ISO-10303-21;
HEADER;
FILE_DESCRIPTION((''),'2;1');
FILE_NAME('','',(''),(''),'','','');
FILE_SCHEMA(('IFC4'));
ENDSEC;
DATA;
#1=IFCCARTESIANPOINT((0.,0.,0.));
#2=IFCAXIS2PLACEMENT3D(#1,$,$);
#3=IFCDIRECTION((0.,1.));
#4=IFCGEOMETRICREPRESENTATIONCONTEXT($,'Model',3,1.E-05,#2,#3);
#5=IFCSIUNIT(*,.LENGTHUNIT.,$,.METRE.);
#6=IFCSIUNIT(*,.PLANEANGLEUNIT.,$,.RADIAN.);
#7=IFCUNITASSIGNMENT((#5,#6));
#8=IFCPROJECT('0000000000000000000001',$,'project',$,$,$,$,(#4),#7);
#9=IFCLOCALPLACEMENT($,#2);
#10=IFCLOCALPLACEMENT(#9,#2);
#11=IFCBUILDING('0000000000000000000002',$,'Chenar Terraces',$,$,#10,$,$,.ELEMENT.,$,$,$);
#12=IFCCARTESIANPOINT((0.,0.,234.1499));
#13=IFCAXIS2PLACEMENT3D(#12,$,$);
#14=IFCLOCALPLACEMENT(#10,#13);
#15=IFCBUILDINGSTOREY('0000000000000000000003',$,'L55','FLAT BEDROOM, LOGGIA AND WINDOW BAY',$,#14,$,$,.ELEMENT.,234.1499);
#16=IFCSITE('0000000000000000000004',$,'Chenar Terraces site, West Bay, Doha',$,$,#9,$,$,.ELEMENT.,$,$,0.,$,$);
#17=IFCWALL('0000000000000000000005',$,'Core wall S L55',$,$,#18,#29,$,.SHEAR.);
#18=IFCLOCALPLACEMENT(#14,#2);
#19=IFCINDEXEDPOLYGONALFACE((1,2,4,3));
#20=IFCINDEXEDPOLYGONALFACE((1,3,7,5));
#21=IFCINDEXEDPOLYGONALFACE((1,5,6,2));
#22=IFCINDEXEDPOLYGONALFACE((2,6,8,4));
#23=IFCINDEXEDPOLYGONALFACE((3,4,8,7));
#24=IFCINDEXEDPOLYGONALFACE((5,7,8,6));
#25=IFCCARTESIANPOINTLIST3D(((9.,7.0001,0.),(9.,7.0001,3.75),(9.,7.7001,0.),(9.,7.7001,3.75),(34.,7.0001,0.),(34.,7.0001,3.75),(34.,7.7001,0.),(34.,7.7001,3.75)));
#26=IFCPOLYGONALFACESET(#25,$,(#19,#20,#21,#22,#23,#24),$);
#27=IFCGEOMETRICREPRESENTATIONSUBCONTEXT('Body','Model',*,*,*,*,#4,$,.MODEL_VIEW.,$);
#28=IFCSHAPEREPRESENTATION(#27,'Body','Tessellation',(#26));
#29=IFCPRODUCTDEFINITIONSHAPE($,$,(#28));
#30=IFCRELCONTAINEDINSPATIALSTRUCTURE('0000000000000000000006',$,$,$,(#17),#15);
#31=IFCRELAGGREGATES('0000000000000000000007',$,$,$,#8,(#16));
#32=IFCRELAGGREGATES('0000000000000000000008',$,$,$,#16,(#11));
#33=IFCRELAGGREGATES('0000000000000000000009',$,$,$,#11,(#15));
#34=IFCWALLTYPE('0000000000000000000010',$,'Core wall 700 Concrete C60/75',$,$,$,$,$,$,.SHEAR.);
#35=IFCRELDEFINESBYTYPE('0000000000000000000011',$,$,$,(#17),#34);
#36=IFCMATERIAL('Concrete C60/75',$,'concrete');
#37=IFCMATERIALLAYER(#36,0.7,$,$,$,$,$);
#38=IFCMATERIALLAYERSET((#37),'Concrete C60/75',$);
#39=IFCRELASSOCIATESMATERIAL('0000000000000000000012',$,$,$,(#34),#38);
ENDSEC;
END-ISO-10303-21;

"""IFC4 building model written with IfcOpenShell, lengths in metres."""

from ifc_helpers import new_model, si_unit, direction, frame, frame_2d, origin, place, context, subcontext, project, spatial, rectangle, extrude, material, layer, layer_set, type_object, element, save


model = new_model("IFC4")

# Units and contexts
model_context = context("Model", 3, precision=1e-05, world=origin(), true_north=direction((0.0, 1.0)))
body_context = subcontext(model_context, "Body", "Model", "MODEL_VIEW")
ifc_project = project(units=[si_unit("LENGTHUNIT", "METRE"), si_unit("PLANEANGLEUNIT", "RADIAN")], contexts=[model_context])

# Site, building, storey
site_placement = place(None, origin())
site = spatial("IfcSite", under=ifc_project, at=site_placement, Name="Chenar Terraces site, West Bay, Doha", CompositionType="ELEMENT", RefElevation=0.0)
building_placement = place(site_placement, origin())
building = spatial("IfcBuilding", under=site, at=building_placement, Name="Chenar Terraces", CompositionType="ELEMENT")
storey_placement = place(building_placement, frame((0.0, 0.0, 234.1499)))
storey = spatial("IfcBuildingStorey", under=building, at=storey_placement, Name="L55", Description="FLAT BEDROOM, LOGGIA AND WINDOW BAY", CompositionType="ELEMENT", Elevation=234.1499)

# Wall
ifc_material_1 = material(Name="Concrete C60/75", Category="concrete")
ifc_layer_1 = layer(ifc_material_1, 0.7)
ifc_layer_set_1 = layer_set([ifc_layer_1], Name="Concrete C60/75")
wall_type_1 = type_object("IfcWallType", Name="Core wall 700 Concrete C60/75", PredefinedType="SHEAR", material=ifc_layer_set_1)
wall_1_placement = place(storey_placement, frame((9.0, 7.3501, 0.0), z_axis=(0.0, 0.0, 1.0), x_axis=(1.0, 0.0, 0.0)))
element("IfcWall", 1, at=wall_1_placement, inside=storey, type_object=wall_type_1, Name="Core wall S L55", PredefinedType="SHEAR", context=body_context, shape_type="SweptSolid", body=[
    extrude(rectangle(XDim=25.0, YDim=0.7, at=frame_2d((12.5, 0.0))), origin(), (0.0, 0.0, 1.0), 3.75),
])

save(model, "model.ifc")
